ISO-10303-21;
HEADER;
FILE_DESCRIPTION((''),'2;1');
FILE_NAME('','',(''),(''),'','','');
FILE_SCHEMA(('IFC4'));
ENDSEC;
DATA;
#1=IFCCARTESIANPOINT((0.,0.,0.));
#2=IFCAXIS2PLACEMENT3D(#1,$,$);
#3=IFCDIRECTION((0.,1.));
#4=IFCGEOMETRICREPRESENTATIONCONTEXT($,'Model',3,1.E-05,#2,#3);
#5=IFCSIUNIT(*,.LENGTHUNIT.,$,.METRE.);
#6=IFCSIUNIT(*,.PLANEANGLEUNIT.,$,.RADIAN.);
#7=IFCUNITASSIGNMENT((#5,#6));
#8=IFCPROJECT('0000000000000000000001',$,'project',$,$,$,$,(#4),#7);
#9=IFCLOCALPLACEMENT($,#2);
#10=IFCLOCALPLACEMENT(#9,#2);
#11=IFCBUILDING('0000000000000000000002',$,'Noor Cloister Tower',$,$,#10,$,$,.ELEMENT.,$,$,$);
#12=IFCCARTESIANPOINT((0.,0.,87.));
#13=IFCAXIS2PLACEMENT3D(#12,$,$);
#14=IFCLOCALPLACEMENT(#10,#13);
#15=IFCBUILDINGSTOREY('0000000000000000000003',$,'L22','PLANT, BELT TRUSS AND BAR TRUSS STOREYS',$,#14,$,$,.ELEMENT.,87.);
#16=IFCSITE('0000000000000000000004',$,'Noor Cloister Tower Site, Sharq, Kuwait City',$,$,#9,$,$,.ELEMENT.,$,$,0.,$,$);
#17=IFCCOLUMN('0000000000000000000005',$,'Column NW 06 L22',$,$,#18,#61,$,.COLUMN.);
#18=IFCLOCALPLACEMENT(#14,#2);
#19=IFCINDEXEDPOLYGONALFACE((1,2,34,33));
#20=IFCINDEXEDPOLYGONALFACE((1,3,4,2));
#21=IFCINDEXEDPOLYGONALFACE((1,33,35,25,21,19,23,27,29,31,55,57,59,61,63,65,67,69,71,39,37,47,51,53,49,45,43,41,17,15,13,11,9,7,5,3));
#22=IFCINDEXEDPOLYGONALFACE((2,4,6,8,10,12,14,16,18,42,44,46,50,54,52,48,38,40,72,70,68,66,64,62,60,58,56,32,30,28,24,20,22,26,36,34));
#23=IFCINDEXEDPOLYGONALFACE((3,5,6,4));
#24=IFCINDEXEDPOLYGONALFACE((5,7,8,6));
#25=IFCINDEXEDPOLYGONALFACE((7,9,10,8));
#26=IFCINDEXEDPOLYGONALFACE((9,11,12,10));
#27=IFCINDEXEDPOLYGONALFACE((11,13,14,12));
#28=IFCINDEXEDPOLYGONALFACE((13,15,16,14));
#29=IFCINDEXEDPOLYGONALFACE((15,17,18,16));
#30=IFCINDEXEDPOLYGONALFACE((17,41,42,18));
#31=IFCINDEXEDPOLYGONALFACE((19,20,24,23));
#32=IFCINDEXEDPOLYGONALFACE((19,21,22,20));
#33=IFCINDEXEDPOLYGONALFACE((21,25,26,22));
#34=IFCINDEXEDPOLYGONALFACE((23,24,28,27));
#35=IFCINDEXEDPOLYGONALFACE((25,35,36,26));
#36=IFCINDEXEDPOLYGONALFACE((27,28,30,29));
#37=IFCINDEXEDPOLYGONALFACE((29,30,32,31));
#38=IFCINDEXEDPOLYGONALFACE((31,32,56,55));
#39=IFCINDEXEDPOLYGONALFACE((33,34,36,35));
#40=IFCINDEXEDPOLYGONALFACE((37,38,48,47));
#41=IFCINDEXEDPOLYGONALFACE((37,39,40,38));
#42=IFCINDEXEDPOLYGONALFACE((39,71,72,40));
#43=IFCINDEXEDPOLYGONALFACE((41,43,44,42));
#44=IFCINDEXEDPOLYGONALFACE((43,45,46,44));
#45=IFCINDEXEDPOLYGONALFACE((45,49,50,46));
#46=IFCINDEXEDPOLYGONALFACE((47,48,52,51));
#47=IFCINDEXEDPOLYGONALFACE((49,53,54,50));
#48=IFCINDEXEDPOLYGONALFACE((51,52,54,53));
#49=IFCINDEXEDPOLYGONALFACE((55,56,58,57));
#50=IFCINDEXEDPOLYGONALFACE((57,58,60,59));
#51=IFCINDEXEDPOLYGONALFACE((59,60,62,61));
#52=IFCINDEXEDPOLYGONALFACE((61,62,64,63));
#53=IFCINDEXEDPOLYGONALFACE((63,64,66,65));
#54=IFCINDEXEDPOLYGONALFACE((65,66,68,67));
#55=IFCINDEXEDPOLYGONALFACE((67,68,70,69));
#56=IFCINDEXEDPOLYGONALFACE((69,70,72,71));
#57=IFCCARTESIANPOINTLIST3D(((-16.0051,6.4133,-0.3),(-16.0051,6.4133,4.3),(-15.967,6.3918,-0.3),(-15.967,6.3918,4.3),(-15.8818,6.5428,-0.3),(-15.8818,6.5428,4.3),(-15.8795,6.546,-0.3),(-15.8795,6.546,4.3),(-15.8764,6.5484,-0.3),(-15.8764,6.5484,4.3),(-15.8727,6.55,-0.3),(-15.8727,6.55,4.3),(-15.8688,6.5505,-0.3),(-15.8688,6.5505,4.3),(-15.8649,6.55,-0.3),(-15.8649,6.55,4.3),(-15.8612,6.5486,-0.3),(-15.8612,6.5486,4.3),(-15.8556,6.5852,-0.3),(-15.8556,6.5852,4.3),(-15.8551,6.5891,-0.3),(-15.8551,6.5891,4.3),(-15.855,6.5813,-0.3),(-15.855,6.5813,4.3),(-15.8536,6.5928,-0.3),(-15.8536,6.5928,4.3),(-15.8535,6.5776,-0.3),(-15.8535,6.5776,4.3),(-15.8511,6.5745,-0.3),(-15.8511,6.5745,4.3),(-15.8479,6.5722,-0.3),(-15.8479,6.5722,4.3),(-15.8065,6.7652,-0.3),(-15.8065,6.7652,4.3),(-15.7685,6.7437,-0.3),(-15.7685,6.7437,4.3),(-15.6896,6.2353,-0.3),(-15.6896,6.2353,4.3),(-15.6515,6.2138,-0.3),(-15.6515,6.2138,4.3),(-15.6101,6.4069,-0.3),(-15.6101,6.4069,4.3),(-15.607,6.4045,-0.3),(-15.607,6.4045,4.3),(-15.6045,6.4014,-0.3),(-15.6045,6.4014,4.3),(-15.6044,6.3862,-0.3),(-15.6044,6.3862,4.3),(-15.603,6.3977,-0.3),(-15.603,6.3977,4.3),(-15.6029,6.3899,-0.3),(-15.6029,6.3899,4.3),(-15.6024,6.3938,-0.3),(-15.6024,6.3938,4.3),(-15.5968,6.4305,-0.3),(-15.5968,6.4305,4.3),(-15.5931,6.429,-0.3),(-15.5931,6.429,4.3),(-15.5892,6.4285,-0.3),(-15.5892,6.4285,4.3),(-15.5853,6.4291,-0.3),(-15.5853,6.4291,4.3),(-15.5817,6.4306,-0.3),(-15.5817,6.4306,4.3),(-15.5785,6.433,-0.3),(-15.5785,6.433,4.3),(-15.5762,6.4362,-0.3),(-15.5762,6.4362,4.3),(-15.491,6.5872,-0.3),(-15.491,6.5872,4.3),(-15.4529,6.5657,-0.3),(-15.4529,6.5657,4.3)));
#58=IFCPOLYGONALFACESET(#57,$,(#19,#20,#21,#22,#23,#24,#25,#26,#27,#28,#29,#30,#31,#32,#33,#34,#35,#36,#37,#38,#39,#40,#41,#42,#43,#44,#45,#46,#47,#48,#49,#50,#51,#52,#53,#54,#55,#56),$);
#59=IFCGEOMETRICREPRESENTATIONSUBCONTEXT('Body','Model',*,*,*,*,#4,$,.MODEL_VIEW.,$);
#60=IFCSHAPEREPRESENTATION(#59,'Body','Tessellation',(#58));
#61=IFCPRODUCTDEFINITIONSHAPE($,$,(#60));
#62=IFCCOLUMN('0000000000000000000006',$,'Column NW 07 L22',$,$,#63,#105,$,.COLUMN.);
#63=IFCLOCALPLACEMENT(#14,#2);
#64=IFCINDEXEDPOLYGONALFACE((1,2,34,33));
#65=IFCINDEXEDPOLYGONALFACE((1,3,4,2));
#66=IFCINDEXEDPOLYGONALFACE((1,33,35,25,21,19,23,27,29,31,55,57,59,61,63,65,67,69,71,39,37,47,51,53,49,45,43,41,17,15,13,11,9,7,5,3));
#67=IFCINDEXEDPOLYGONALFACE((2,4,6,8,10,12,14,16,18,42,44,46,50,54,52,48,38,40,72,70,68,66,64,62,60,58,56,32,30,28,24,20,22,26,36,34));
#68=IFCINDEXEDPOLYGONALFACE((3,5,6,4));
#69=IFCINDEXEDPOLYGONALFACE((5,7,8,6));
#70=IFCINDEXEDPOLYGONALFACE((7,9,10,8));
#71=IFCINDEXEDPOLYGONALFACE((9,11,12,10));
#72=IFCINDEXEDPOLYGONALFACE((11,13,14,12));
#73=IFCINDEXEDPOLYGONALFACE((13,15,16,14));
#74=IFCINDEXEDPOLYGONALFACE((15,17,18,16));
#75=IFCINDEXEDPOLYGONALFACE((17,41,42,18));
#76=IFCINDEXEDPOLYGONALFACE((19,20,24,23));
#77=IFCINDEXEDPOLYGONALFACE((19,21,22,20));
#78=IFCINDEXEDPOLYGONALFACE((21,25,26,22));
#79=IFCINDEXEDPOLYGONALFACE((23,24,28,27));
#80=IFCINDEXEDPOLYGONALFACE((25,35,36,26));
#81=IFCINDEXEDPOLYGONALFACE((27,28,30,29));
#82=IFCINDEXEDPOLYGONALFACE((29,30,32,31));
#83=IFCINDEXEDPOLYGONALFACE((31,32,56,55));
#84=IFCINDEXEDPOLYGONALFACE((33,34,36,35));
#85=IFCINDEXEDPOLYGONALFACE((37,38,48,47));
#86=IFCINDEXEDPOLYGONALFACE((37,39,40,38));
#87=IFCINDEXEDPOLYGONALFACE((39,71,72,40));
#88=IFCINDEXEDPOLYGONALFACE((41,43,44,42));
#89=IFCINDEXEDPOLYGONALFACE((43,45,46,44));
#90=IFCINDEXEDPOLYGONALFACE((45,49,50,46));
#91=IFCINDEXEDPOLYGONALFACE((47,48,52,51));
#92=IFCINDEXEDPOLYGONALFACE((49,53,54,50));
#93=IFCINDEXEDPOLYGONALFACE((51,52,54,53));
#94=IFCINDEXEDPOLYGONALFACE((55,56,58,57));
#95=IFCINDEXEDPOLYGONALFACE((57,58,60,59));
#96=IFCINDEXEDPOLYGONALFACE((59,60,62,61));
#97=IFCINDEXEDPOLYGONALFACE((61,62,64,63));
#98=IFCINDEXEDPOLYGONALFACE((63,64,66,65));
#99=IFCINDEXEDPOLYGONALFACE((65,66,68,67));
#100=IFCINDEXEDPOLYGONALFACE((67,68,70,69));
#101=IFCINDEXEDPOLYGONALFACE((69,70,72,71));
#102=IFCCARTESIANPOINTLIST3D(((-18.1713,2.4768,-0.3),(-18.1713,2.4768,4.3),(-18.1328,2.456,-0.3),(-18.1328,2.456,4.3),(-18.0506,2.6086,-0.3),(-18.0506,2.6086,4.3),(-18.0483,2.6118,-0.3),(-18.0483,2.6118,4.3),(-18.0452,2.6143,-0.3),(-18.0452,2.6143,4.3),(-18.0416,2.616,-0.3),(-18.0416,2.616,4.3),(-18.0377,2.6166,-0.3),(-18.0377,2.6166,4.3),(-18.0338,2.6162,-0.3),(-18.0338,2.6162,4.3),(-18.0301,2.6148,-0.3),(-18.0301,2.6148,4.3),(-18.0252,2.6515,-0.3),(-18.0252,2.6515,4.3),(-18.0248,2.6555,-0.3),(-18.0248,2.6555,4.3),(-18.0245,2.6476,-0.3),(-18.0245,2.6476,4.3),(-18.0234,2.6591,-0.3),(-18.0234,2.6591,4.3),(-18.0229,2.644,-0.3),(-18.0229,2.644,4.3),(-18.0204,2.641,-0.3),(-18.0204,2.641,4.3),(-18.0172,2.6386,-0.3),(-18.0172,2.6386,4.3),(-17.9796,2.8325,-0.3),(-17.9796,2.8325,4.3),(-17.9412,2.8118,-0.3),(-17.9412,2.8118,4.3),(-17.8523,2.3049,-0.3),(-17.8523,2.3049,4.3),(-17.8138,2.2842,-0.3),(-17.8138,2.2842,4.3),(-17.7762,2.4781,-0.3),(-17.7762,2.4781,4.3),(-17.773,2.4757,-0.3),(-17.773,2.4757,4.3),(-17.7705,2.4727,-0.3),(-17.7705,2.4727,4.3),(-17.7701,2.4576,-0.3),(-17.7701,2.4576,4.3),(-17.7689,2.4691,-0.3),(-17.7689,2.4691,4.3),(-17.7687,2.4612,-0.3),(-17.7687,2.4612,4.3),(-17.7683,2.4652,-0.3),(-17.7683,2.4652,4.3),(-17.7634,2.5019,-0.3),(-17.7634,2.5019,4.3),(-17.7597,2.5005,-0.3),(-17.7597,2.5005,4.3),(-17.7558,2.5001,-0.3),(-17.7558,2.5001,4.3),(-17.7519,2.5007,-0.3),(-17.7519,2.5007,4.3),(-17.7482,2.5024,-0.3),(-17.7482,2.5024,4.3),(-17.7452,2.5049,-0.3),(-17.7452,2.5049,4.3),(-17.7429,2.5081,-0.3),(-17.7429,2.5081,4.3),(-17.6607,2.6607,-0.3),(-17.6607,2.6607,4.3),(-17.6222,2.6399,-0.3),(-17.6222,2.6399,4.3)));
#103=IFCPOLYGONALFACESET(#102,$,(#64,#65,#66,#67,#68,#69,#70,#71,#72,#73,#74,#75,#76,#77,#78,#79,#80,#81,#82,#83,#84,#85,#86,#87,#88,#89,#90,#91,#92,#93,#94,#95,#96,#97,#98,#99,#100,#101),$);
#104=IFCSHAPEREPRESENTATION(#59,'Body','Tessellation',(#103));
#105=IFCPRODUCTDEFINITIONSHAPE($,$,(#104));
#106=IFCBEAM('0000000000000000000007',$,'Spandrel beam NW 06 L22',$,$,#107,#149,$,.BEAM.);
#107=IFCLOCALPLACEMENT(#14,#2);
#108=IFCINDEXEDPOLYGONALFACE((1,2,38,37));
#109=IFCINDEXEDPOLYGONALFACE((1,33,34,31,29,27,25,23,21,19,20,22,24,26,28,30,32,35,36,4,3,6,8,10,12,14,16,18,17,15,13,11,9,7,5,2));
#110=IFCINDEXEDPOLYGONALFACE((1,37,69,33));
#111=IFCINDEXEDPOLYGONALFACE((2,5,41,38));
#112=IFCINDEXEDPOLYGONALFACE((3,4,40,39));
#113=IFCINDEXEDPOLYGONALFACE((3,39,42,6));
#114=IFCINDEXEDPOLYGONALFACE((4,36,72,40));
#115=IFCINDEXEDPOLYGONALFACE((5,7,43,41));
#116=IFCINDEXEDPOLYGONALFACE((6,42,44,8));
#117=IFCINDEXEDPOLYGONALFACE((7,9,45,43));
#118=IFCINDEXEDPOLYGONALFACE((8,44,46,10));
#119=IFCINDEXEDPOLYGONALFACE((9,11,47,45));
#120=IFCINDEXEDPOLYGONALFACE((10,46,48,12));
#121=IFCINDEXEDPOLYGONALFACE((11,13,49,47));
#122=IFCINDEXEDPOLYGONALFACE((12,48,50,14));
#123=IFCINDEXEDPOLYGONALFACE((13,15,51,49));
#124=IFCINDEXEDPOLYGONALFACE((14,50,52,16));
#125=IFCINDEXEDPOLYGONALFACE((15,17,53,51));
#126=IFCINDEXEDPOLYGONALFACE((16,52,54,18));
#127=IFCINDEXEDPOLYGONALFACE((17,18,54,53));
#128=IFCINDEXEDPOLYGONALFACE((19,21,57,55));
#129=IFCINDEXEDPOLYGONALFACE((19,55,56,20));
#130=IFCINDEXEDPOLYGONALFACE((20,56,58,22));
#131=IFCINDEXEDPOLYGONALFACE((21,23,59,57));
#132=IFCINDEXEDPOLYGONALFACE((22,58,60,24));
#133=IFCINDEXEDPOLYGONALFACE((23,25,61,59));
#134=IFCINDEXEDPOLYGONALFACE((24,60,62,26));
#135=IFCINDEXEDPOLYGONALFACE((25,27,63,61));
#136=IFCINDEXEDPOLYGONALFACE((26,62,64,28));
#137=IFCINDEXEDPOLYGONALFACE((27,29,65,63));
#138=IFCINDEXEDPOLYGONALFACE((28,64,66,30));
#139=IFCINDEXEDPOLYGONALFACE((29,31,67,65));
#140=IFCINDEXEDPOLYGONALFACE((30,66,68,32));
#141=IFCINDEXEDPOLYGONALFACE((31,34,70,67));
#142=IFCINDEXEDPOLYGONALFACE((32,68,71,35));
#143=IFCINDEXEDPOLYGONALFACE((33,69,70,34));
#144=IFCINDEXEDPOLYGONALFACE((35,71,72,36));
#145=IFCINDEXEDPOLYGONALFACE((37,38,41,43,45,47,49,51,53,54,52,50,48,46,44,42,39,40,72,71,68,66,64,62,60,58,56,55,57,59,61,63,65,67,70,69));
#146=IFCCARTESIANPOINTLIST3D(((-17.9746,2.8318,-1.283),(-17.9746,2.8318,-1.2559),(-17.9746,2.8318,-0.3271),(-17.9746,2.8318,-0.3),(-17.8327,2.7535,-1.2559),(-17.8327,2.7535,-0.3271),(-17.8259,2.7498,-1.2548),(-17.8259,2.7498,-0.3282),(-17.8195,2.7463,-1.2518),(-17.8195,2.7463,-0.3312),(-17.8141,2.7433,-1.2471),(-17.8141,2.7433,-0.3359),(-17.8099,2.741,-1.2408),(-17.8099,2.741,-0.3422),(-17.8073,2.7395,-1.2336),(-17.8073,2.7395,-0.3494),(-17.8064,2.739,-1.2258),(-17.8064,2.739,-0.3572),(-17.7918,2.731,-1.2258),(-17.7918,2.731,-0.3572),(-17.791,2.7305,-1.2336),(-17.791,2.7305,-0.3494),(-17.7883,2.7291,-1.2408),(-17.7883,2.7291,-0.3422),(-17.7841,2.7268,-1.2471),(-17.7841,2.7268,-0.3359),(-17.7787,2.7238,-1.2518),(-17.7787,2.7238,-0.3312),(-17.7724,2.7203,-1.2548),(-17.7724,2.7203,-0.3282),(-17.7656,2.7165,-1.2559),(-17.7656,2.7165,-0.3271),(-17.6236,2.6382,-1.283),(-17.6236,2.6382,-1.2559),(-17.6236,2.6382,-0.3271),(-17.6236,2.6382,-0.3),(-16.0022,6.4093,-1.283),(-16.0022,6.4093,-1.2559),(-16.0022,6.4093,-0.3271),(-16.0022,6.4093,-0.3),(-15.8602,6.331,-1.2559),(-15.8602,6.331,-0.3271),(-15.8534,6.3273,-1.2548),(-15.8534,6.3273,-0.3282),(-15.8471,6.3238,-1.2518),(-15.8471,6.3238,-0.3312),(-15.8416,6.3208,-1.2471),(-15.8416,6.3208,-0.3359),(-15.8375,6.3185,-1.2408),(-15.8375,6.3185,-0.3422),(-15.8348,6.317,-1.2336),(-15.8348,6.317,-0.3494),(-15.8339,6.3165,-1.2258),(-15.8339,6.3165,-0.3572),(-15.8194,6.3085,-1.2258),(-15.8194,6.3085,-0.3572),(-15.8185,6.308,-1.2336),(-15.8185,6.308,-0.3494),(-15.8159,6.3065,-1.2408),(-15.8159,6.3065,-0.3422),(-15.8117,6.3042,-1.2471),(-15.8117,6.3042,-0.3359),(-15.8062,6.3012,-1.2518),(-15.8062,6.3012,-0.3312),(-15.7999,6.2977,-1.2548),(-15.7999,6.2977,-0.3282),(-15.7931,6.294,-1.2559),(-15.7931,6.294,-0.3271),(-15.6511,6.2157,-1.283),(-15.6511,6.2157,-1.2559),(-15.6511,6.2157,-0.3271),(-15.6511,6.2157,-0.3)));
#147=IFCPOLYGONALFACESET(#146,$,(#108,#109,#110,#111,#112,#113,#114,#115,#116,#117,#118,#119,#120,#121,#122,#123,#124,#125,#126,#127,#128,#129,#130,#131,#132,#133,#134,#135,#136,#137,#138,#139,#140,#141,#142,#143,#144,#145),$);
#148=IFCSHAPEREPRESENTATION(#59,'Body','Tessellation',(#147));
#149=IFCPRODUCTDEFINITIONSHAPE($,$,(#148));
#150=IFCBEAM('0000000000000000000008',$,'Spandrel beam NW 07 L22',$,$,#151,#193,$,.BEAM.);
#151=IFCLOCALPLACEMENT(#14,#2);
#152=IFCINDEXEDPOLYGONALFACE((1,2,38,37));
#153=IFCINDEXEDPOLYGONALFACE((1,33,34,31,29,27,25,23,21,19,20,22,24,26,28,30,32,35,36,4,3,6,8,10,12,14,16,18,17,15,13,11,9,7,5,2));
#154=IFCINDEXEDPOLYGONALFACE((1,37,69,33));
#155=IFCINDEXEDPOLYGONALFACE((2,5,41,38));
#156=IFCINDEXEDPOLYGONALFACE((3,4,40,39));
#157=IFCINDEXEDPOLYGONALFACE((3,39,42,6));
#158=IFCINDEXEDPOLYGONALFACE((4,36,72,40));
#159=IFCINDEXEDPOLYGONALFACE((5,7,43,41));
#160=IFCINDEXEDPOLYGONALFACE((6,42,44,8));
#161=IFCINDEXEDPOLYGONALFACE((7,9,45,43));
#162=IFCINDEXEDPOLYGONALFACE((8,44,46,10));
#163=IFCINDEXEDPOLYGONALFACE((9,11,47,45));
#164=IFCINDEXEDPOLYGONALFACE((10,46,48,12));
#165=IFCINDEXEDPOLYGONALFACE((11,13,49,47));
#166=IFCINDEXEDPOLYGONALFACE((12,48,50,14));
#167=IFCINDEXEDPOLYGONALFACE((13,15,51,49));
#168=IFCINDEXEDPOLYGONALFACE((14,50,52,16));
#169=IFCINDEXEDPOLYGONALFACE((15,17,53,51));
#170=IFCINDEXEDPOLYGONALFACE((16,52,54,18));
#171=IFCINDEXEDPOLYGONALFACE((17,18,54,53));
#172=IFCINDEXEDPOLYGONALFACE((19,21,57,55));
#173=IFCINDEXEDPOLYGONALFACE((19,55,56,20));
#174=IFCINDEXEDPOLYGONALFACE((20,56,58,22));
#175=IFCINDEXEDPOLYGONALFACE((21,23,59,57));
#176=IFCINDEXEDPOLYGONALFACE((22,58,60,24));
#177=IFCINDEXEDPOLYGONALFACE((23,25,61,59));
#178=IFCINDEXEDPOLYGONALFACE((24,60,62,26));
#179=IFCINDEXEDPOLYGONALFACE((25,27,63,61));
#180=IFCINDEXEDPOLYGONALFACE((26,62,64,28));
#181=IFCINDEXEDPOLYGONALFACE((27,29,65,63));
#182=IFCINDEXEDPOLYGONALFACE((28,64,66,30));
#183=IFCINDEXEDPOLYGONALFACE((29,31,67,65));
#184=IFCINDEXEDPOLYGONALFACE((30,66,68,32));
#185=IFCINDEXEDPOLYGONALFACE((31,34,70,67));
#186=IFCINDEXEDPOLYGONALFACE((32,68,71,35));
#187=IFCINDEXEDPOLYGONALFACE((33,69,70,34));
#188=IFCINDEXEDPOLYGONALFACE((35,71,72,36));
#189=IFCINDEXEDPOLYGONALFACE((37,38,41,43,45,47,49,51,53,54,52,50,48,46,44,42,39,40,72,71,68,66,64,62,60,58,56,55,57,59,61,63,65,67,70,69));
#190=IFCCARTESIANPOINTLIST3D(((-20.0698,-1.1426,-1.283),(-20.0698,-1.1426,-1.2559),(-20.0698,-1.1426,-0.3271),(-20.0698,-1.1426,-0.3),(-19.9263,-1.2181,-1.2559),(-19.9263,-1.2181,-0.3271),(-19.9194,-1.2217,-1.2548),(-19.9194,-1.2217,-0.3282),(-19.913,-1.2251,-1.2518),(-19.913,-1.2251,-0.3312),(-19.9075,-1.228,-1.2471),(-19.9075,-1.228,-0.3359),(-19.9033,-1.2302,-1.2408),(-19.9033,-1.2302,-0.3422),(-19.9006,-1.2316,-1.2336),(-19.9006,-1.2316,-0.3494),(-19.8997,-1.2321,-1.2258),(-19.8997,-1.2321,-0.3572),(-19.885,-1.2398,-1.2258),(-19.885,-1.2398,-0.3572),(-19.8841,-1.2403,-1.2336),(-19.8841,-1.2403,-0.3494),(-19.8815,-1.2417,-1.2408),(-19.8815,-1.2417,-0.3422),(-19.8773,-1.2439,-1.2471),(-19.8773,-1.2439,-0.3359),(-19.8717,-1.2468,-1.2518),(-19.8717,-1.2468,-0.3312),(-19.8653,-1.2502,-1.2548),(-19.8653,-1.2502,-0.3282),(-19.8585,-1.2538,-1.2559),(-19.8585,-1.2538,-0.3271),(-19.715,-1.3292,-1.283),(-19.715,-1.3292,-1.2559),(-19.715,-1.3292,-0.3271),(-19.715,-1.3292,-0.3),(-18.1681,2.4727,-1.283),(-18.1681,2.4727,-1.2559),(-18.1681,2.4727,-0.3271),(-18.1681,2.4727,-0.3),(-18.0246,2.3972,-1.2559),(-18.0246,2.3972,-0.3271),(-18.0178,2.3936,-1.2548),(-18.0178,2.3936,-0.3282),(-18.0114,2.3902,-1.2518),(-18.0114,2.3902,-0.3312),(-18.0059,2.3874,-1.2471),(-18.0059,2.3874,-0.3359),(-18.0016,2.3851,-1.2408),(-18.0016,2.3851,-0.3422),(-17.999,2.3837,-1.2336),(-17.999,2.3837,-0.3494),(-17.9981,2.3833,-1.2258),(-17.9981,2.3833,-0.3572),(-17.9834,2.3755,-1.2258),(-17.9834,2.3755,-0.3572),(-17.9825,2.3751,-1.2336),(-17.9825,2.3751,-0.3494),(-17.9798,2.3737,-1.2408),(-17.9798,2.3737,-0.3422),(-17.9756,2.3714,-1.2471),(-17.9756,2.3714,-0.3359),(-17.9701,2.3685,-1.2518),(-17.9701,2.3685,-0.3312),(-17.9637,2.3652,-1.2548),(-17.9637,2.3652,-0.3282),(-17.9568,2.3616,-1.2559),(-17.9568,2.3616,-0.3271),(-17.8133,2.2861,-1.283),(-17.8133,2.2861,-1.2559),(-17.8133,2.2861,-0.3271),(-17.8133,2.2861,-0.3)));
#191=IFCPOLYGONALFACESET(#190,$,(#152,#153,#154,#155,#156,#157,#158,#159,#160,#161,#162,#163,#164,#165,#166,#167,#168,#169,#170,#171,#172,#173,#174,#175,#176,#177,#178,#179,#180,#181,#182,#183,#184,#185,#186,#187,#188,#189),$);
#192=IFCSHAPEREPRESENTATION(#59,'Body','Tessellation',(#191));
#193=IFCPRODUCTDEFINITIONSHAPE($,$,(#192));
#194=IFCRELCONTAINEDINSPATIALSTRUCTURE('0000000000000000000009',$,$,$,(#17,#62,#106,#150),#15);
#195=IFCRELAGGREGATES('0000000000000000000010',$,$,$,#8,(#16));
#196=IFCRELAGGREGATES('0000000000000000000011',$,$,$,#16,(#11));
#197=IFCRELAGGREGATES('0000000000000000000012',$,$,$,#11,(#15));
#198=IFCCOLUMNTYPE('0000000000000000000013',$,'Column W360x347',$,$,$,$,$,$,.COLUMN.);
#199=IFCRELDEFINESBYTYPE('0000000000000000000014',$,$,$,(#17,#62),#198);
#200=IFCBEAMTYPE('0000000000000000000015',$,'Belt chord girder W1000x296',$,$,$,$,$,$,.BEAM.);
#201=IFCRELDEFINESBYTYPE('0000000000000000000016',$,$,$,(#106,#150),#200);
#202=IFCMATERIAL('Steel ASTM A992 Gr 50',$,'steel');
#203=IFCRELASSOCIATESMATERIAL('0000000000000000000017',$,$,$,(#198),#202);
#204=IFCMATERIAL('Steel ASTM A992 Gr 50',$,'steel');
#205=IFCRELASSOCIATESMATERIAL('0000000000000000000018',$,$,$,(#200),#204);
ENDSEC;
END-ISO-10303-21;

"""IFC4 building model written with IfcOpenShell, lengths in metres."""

from ifc_helpers import new_model, si_unit, direction, frame, origin, origin_2d, place, context, subcontext, project, spatial, i_section, extrude, material, material_profile, profile_set, type_object, element, save


model = new_model("IFC4")

# Units and contexts
model_context = context("Model", 3, precision=1e-05, world=origin(), true_north=direction((0.0, 1.0)))
body_context = subcontext(model_context, "Body", "Model", "MODEL_VIEW")
ifc_project = project(units=[si_unit("LENGTHUNIT", "METRE"), si_unit("PLANEANGLEUNIT", "RADIAN")], contexts=[model_context])

# Site, building, storey
site_placement = place(None, origin())
site = spatial("IfcSite", under=ifc_project, at=site_placement, Name="Noor Cloister Tower Site, Sharq, Kuwait City", CompositionType="ELEMENT", RefElevation=0.0)
building_placement = place(site_placement, origin())
building = spatial("IfcBuilding", under=site, at=building_placement, Name="Noor Cloister Tower", CompositionType="ELEMENT")
storey_placement = place(building_placement, frame((0.0, 0.0, 87.0)))
storey = spatial("IfcBuildingStorey", under=building, at=storey_placement, Name="L22", Description="PLANT, BELT TRUSS AND BAR TRUSS STOREYS", CompositionType="ELEMENT", Elevation=87.0)

# Columns
ifc_material_1 = material(Name="Steel ASTM A992 Gr 50", Category="steel")
ifc_material_profile_1 = material_profile(ifc_material_1, i_section(OverallWidth=0.4041, OverallDepth=0.406, WebThickness=0.0271, FlangeThickness=0.0437, FilletRadius=0.0151, at=origin_2d()), Name="W360x347")
ifc_profile_set_1 = profile_set([ifc_material_profile_1], Name="Steel ASTM A992 Gr 50")
column_type = type_object("IfcColumnType", Name="Column W360x347", PredefinedType="COLUMN", material=ifc_profile_set_1)
for number, where, z_axis, x_axis, name in (
    (1, (-15.729, 6.4895, -0.3), (0.0, 0.0, 1.0), (-0.491453, -0.870904, 0.0), "Column NW 06 L22"),
    (2, (-17.8967, 2.5583, -0.3), (0.0, 0.0, 1.0), (-0.474216, -0.880408, 0.0), "Column NW 07 L22"),
):
    element("IfcColumn", number, at=place(storey_placement, frame(where, z_axis=z_axis, x_axis=x_axis)), inside=storey, type_object=column_type, Name=name, PredefinedType="COLUMN", context=body_context, shape_type="SweptSolid", body=[
        extrude(i_section(OverallWidth=0.4041, OverallDepth=0.406, WebThickness=0.0271, FlangeThickness=0.0437, FilletRadius=0.0151, at=origin_2d()), origin(), (0.0, 0.0, 1.0), 4.6001),
    ])

# Beams
ifc_material_2 = material(Name="Steel ASTM A992 Gr 50", Category="steel")
ifc_material_profile_2 = material_profile(ifc_material_2, i_section(OverallWidth=0.4009, OverallDepth=0.9829, WebThickness=0.0166, FlangeThickness=0.0271, FilletRadius=0.03, at=origin_2d()), Name="W1000x296")
ifc_profile_set_2 = profile_set([ifc_material_profile_2], Name="Steel ASTM A992 Gr 50")
beam_type_1 = type_object("IfcBeamType", Name="Belt chord girder W1000x296", PredefinedType="BEAM", material=ifc_profile_set_2)
beam_1_placement = place(storey_placement, frame((-15.8267, 6.3125, -0.7915), z_axis=(-0.482829, -0.875715, 0.0), x_axis=(0.875715, -0.482829, 0.0)))
element("IfcBeam", 3, at=beam_1_placement, inside=storey, type_object=beam_type_1, Name="Spandrel beam NW 06 L22", PredefinedType="BEAM", context=body_context, shape_type="SweptSolid", body=[
    extrude(i_section(OverallWidth=0.4009, OverallDepth=0.9829, WebThickness=0.0166, FlangeThickness=0.0271, FilletRadius=0.03, at=origin_2d()), origin(), (0.0, 0.0, 1.0), 4.0852),
])
beam_2_placement = place(storey_placement, frame((-17.9907, 2.3794, -0.7915), z_axis=(-0.465527, -0.885034, 0.0), x_axis=(0.885034, -0.465527, 0.0)))
element("IfcBeam", 4, at=beam_2_placement, inside=storey, type_object=beam_type_1, Name="Spandrel beam NW 07 L22", PredefinedType="BEAM", context=body_context, shape_type="SweptSolid", body=[
    extrude(i_section(OverallWidth=0.4009, OverallDepth=0.9829, WebThickness=0.0166, FlangeThickness=0.0271, FilletRadius=0.03, at=origin_2d()), origin(), (0.0, 0.0, 1.0), 4.085),
])

save(model, "model.ifc")
